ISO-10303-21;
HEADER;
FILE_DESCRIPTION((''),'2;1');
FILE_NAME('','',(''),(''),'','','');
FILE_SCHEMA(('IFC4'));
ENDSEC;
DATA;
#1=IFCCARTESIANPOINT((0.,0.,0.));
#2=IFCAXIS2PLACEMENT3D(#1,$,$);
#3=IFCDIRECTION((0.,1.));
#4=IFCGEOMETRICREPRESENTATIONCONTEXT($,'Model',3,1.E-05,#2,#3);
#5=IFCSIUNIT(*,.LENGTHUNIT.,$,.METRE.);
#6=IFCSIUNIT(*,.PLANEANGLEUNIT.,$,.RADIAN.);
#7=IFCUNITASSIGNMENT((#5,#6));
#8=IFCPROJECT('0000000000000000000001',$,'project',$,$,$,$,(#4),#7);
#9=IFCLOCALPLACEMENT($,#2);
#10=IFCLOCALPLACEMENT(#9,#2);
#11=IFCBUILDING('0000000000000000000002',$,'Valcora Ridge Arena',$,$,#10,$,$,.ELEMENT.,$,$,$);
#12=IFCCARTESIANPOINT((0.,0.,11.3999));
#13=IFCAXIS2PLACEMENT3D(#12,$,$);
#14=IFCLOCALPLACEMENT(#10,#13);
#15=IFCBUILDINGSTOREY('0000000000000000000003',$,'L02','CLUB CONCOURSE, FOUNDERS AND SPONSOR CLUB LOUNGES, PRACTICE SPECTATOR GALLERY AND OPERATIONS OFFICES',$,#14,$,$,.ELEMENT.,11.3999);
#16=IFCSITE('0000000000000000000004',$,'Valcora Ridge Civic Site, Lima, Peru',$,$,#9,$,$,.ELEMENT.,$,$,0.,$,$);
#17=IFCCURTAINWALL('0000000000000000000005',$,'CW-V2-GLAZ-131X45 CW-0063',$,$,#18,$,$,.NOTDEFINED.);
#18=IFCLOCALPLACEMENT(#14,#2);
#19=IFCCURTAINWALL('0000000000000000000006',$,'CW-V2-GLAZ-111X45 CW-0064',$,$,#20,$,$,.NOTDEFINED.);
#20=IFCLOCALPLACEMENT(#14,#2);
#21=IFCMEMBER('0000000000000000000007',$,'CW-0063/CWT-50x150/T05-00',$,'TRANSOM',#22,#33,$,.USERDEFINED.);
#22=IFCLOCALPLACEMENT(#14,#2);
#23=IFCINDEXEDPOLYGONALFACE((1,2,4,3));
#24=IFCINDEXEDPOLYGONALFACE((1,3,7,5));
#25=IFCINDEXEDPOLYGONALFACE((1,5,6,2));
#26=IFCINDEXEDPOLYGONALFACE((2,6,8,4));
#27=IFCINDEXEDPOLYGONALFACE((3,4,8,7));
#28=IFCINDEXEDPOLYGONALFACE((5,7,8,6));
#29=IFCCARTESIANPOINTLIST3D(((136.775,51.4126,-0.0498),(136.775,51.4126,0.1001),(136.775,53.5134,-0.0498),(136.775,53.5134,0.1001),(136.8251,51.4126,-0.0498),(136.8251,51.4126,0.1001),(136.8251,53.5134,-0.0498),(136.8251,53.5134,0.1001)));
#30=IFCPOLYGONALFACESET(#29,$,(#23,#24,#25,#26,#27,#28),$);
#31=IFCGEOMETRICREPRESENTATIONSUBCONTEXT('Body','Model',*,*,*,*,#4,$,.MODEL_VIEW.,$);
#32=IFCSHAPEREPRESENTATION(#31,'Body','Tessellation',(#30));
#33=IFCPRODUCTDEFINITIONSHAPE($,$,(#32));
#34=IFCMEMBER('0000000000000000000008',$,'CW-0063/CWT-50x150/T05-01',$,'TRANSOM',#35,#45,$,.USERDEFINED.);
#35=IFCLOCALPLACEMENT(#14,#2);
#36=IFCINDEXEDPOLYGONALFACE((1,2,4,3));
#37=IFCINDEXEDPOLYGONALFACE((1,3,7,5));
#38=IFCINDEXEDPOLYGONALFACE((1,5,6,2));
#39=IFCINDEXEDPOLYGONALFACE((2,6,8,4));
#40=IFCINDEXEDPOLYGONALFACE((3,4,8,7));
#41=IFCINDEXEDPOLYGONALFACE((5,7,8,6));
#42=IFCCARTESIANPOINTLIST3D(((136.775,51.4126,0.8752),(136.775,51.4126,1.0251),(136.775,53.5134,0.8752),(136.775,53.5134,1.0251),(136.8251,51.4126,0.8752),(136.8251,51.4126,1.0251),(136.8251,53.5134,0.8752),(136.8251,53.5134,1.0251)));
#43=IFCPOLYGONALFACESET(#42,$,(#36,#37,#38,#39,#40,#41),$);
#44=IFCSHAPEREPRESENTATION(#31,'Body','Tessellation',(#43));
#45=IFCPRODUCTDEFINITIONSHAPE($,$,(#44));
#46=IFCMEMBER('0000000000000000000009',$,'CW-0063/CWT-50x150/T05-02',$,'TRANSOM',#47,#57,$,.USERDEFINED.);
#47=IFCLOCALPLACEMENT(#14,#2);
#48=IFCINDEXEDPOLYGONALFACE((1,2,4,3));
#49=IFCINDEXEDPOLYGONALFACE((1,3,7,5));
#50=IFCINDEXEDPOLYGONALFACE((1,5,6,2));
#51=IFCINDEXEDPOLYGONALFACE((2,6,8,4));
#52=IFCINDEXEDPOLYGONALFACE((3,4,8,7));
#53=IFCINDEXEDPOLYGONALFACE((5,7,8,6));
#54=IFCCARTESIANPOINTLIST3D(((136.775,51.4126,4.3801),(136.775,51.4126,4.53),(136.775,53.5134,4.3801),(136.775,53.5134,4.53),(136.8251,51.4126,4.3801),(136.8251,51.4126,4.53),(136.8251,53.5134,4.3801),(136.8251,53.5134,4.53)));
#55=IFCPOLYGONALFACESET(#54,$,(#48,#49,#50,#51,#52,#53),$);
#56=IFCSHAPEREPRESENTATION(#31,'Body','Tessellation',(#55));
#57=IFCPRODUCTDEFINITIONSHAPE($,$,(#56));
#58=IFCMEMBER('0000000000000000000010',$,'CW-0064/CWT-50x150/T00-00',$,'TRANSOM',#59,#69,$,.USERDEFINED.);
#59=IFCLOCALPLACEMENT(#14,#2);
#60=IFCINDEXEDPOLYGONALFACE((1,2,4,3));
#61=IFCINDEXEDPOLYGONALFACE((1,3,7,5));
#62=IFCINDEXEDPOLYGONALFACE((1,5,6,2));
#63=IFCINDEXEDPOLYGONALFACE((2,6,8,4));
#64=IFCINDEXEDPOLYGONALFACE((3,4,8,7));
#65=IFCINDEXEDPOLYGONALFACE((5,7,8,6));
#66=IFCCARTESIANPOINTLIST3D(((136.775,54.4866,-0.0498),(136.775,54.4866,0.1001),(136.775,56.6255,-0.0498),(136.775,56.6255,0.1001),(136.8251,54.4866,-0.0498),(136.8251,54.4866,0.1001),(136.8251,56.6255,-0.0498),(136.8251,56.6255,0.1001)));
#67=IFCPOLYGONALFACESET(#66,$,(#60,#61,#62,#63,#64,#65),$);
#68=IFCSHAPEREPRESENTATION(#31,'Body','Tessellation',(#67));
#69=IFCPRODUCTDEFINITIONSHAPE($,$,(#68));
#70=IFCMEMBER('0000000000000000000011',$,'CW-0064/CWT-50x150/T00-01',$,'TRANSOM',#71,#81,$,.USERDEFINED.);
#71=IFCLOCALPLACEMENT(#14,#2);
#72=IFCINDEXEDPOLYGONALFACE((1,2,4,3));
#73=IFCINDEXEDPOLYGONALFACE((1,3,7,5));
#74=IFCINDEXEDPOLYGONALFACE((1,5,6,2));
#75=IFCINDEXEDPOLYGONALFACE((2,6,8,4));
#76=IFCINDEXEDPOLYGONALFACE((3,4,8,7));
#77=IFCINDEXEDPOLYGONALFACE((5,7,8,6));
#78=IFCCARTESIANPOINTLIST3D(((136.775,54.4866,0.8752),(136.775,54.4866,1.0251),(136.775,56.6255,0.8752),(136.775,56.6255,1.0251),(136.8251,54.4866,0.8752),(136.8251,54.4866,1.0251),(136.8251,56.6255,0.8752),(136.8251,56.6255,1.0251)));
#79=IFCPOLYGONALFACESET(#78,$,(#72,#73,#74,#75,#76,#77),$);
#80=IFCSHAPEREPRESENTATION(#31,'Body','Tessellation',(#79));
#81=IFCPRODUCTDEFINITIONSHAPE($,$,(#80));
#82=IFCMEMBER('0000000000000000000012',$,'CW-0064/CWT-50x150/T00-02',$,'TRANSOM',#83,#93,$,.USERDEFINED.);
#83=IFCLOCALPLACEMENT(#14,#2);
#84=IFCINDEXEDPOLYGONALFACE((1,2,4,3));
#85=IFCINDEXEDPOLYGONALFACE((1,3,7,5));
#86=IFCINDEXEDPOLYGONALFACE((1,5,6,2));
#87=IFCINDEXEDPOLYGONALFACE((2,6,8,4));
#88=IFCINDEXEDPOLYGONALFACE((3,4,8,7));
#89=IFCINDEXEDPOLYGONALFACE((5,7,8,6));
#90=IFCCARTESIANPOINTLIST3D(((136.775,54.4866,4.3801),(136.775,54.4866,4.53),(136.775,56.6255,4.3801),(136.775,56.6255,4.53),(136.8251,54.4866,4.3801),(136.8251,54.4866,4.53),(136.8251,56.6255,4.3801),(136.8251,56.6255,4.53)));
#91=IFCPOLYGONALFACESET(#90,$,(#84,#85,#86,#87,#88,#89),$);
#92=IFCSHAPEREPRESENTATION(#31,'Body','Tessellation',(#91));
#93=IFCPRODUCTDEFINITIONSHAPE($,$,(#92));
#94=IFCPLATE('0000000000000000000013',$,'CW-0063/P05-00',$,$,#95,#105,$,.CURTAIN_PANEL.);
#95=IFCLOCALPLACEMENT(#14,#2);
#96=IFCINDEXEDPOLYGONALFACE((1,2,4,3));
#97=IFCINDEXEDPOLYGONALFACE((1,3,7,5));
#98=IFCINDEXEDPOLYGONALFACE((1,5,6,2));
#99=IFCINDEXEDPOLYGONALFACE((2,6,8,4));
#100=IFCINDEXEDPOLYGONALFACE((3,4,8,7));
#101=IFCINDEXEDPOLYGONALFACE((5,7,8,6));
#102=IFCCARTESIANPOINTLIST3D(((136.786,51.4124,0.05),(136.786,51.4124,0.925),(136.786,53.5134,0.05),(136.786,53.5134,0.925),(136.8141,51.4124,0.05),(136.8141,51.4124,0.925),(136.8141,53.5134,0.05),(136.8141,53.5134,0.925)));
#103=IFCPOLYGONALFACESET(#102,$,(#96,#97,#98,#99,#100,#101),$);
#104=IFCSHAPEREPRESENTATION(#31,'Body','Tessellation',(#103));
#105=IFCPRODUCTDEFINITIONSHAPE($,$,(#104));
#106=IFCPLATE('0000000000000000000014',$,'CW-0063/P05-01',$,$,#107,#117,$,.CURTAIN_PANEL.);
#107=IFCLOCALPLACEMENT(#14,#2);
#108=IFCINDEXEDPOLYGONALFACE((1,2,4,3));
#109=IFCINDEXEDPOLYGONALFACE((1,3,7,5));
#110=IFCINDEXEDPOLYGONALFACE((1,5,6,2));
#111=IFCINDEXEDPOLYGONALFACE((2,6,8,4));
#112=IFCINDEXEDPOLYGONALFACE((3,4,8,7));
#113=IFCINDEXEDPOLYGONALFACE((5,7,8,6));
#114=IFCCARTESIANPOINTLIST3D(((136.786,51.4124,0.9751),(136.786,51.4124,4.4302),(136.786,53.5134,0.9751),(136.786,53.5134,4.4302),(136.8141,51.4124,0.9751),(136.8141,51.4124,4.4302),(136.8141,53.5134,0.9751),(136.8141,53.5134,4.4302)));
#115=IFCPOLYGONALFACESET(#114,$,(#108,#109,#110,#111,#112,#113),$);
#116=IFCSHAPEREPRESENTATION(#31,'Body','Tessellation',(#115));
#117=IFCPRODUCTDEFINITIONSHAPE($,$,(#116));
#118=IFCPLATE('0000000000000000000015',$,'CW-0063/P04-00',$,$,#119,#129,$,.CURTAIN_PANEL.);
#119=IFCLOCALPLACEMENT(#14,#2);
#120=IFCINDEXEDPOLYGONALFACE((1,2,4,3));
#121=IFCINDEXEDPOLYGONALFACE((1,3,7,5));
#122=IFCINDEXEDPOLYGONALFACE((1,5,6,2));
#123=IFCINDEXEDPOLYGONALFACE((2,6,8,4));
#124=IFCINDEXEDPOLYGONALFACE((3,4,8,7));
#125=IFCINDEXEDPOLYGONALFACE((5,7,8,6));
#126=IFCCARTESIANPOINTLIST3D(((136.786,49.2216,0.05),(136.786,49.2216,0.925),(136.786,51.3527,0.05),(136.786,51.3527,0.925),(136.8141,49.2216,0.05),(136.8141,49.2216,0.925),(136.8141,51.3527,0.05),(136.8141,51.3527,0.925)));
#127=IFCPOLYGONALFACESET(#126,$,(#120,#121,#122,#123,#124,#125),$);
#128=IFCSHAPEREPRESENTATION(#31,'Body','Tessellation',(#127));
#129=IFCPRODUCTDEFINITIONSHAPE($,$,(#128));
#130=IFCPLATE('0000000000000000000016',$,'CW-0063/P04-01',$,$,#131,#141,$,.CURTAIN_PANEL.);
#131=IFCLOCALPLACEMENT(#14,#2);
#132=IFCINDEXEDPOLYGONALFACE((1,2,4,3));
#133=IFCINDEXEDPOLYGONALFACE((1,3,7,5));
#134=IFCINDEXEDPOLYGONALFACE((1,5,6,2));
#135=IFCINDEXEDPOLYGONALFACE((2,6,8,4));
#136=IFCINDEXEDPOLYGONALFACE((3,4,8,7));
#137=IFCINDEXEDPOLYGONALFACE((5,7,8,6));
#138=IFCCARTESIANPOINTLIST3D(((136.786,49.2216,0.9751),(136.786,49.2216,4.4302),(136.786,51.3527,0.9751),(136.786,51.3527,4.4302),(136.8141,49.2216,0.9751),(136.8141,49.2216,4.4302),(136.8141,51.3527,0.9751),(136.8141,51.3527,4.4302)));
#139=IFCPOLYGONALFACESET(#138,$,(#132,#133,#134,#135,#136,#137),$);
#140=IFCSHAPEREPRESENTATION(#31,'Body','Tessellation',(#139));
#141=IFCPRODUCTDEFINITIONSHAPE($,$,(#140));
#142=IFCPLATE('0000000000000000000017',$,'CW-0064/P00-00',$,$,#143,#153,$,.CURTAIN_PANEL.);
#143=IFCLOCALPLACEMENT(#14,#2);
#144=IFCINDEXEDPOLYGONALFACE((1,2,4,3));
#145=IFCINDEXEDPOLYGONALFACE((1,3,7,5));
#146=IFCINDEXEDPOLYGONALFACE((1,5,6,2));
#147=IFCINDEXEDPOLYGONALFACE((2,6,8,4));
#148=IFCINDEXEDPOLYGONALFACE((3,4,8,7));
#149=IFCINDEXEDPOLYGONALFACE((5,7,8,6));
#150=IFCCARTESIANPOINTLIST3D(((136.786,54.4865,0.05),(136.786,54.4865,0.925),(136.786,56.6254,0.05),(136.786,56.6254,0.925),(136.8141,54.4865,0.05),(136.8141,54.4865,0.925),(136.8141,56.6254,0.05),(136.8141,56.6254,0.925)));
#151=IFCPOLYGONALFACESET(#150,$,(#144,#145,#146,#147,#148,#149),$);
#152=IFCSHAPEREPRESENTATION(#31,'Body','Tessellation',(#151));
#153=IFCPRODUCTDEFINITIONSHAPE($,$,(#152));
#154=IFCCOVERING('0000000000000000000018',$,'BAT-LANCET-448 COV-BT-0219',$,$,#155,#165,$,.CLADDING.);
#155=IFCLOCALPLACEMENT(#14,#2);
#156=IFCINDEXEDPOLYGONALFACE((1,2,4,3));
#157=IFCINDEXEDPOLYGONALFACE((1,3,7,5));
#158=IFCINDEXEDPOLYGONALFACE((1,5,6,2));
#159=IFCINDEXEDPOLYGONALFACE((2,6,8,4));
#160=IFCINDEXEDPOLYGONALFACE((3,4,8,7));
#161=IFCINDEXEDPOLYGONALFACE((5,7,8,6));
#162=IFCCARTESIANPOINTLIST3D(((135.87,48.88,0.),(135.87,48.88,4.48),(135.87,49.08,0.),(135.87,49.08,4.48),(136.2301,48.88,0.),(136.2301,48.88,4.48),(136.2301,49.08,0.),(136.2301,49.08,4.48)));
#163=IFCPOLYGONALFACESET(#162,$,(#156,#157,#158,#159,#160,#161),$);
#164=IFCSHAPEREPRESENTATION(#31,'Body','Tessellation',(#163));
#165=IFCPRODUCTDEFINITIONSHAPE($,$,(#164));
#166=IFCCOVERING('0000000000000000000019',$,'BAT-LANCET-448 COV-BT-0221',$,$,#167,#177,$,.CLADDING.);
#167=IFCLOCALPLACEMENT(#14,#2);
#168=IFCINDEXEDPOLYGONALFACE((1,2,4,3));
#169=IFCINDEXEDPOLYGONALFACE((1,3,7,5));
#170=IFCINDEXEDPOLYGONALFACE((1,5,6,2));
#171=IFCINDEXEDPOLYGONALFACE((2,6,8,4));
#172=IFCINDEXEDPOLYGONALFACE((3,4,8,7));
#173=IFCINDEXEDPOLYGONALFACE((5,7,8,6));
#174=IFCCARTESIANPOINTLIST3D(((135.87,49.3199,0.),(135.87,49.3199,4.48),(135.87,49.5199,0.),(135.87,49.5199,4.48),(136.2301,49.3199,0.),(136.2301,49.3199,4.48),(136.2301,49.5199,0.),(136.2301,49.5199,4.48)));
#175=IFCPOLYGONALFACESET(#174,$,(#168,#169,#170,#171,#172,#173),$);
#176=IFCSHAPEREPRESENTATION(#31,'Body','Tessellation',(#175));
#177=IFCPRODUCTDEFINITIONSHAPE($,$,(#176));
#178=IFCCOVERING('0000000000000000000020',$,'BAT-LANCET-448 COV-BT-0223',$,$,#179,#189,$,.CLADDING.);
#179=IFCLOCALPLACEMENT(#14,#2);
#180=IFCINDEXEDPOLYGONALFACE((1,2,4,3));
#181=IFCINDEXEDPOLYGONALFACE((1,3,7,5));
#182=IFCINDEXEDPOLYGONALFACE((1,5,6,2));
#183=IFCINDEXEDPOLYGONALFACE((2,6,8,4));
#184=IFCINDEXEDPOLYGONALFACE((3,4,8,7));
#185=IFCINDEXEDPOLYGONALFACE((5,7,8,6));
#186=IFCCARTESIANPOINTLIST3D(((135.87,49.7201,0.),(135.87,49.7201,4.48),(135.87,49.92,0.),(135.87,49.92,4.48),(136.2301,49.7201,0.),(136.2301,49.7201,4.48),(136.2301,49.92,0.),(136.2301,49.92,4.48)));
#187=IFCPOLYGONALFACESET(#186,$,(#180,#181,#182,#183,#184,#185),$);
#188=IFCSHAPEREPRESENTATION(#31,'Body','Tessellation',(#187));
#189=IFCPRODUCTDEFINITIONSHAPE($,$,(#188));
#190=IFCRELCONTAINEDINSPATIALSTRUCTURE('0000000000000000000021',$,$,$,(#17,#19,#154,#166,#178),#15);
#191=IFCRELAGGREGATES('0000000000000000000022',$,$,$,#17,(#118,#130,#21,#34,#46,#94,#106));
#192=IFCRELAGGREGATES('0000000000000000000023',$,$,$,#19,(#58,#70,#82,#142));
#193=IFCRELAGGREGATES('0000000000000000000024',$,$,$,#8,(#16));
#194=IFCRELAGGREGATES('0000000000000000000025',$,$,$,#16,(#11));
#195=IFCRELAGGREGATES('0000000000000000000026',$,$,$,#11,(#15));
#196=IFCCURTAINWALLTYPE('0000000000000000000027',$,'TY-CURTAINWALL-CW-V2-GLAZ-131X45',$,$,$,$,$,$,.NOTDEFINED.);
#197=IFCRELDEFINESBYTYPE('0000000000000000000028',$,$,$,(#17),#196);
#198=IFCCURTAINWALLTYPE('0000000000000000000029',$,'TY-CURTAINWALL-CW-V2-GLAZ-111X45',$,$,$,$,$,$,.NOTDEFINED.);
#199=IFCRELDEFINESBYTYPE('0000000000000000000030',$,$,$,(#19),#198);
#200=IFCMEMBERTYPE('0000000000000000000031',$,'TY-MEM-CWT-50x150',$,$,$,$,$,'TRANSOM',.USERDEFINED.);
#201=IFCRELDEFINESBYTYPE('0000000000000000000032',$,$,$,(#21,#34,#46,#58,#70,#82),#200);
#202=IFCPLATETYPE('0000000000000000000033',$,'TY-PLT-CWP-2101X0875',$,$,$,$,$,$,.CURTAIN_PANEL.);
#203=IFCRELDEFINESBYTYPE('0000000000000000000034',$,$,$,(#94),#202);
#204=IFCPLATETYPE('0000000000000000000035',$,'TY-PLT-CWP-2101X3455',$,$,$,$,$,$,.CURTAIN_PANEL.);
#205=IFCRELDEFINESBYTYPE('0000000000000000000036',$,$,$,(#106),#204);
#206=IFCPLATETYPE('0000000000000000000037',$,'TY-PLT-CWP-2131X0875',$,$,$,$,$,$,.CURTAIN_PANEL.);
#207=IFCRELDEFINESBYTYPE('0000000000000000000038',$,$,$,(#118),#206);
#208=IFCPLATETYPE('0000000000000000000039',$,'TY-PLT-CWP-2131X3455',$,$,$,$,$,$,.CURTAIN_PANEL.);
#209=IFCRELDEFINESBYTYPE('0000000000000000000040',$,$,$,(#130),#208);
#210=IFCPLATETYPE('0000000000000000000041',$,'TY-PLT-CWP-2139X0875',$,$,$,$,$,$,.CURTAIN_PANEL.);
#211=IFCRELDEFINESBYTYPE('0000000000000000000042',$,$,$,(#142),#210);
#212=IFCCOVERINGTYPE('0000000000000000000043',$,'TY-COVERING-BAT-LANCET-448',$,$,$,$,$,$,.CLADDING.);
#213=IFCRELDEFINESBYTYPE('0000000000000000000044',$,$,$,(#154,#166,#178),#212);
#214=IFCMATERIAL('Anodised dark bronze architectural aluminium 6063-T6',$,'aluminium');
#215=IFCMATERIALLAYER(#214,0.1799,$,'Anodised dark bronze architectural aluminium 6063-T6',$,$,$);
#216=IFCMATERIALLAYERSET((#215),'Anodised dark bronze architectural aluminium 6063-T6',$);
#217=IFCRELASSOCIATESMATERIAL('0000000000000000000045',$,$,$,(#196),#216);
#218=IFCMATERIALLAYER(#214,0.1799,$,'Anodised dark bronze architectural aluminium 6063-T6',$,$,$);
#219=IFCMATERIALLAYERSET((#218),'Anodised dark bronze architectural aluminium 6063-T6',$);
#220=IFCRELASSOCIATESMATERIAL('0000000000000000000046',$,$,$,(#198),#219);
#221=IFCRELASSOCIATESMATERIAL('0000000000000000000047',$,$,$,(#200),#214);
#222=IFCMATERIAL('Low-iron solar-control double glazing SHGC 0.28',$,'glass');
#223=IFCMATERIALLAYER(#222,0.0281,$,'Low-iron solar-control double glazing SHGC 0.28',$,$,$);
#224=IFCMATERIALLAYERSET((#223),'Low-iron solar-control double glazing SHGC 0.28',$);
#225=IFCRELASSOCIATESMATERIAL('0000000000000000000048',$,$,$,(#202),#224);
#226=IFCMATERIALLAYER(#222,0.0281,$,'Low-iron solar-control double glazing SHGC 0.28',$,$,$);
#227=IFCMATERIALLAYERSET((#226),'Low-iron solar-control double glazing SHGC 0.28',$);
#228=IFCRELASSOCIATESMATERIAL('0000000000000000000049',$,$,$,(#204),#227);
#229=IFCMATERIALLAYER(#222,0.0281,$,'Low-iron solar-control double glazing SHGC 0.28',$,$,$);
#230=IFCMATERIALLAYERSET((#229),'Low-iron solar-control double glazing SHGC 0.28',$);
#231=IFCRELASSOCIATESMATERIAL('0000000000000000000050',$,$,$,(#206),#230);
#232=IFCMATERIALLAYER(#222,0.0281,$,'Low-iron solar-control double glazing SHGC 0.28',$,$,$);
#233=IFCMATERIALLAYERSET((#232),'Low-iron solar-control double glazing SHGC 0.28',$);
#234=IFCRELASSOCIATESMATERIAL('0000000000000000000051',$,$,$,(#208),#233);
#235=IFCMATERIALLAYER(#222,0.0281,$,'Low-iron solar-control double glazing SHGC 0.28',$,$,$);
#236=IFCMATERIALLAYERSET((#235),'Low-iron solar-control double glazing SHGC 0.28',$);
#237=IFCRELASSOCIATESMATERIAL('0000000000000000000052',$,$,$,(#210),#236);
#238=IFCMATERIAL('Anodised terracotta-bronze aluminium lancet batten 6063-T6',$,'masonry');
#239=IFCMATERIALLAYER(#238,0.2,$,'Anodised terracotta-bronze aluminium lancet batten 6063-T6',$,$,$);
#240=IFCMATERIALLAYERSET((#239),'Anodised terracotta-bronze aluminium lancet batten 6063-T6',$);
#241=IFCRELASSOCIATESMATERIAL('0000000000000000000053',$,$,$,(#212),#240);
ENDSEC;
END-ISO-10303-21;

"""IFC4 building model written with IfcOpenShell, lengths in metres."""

from ifc_helpers import new_model, si_unit, direction, frame, origin, origin_2d, place, context, subcontext, project, spatial, rectangle, extrude, material, layer, layer_set, material_profile, profile_set, type_object, element, aggregate, save


model = new_model("IFC4")

# Units and contexts
model_context = context("Model", 3, precision=1e-05, world=origin(), true_north=direction((0.0, 1.0)))
body_context = subcontext(model_context, "Body", "Model", "MODEL_VIEW")
ifc_project = project(units=[si_unit("LENGTHUNIT", "METRE"), si_unit("PLANEANGLEUNIT", "RADIAN")], contexts=[model_context])

# Site, building, storey
site_placement = place(None, origin())
site = spatial("IfcSite", under=ifc_project, at=site_placement, Name="Valcora Ridge Civic Site, Lima, Peru", CompositionType="ELEMENT", RefElevation=0.0)
building_placement = place(site_placement, origin())
building = spatial("IfcBuilding", under=site, at=building_placement, Name="Valcora Ridge Arena", CompositionType="ELEMENT")
storey_placement = place(building_placement, frame((0.0, 0.0, 11.3999)))
storey = spatial("IfcBuildingStorey", under=building, at=storey_placement, Name="L02", Description="CLUB CONCOURSE, FOUNDERS AND SPONSOR CLUB LOUNGES, PRACTICE SPECTATOR GALLERY AND OPERATIONS OFFICES", CompositionType="ELEMENT", Elevation=11.3999)

# Curtain wall
ifc_material_1 = material(Name="Anodised dark bronze architectural aluminium 6063-T6", Category="aluminium")
ifc_layer_1 = layer(ifc_material_1, 0.1799, Name="Anodised dark bronze architectural aluminium 6063-T6")
ifc_layer_set_1 = layer_set([ifc_layer_1], Name="Anodised dark bronze architectural aluminium 6063-T6")
curtain_wall_type_1 = type_object("IfcCurtainWallType", Name="TY-CURTAINWALL-CW-V2-GLAZ-131X45", PredefinedType="NOTDEFINED", material=ifc_layer_set_1)
curtain_wall_1_placement = place(storey_placement, origin())
curtain_wall_1 = element("IfcCurtainWall", 1, at=curtain_wall_1_placement, inside=storey, type_object=curtain_wall_type_1, Name="CW-V2-GLAZ-131X45 CW-0063", PredefinedType="NOTDEFINED")

# Curtain wall
ifc_layer_2 = layer(ifc_material_1, 0.1799, Name="Anodised dark bronze architectural aluminium 6063-T6")
ifc_layer_set_2 = layer_set([ifc_layer_2], Name="Anodised dark bronze architectural aluminium 6063-T6")
curtain_wall_type_2 = type_object("IfcCurtainWallType", Name="TY-CURTAINWALL-CW-V2-GLAZ-111X45", PredefinedType="NOTDEFINED", material=ifc_layer_set_2)
curtain_wall_2_placement = place(storey_placement, origin())
curtain_wall_2 = element("IfcCurtainWall", 2, at=curtain_wall_2_placement, inside=storey, type_object=curtain_wall_type_2, Name="CW-V2-GLAZ-111X45 CW-0064", PredefinedType="NOTDEFINED")

# Members
ifc_material_profile_1 = material_profile(ifc_material_1, rectangle(XDim=0.05, YDim=0.1499, at=origin_2d()), Name="ALU TRANSOM 50x150")
ifc_profile_set_1 = profile_set([ifc_material_profile_1], Name="Anodised dark bronze architectural aluminium 6063-T6")
member_type_1 = type_object("IfcMemberType", Name="TY-MEM-CWT-50x150", ElementType="TRANSOM", PredefinedType="USERDEFINED", material=ifc_profile_set_1)
member_1_placement = place(storey_placement, frame((136.8, 51.4126, 0.0251), z_axis=(0.0, 1.0, 0.0), x_axis=(-1.0, 0.0, 0.0)))
member_1 = element("IfcMember", 3, at=member_1_placement, type_object=member_type_1, Name="CW-0063/CWT-50x150/T05-00", ObjectType="TRANSOM", PredefinedType="USERDEFINED", context=body_context, shape_type="SweptSolid", body=[
    extrude(rectangle(XDim=0.05, YDim=0.1499, at=origin_2d()), origin(), (0.0, 0.0, 1.0), 2.1008),
])
member_2_placement = place(storey_placement, frame((136.8, 51.4126, 0.9502), z_axis=(0.0, 1.0, 0.0), x_axis=(-1.0, 0.0, 0.0)))
member_2 = element("IfcMember", 4, at=member_2_placement, type_object=member_type_1, Name="CW-0063/CWT-50x150/T05-01", ObjectType="TRANSOM", PredefinedType="USERDEFINED", context=body_context, shape_type="SweptSolid", body=[
    extrude(rectangle(XDim=0.05, YDim=0.1499, at=origin_2d()), origin(), (0.0, 0.0, 1.0), 2.1008),
])
member_3_placement = place(storey_placement, frame((136.8, 51.4126, 4.4551), z_axis=(0.0, 1.0, 0.0), x_axis=(-1.0, 0.0, 0.0)))
member_3 = element("IfcMember", 5, at=member_3_placement, type_object=member_type_1, Name="CW-0063/CWT-50x150/T05-02", ObjectType="TRANSOM", PredefinedType="USERDEFINED", context=body_context, shape_type="SweptSolid", body=[
    extrude(rectangle(XDim=0.05, YDim=0.1499, at=origin_2d()), origin(), (0.0, 0.0, 1.0), 2.1008),
])
member_4_placement = place(storey_placement, frame((136.8, 54.4866, 0.0251), z_axis=(0.0, 1.0, 0.0), x_axis=(-1.0, 0.0, 0.0)))
member_4 = element("IfcMember", 6, at=member_4_placement, type_object=member_type_1, Name="CW-0064/CWT-50x150/T00-00", ObjectType="TRANSOM", PredefinedType="USERDEFINED", context=body_context, shape_type="SweptSolid", body=[
    extrude(rectangle(XDim=0.05, YDim=0.1499, at=origin_2d()), origin(), (0.0, 0.0, 1.0), 2.1389),
])
member_5_placement = place(storey_placement, frame((136.8, 54.4866, 0.9502), z_axis=(0.0, 1.0, 0.0), x_axis=(-1.0, 0.0, 0.0)))
member_5 = element("IfcMember", 7, at=member_5_placement, type_object=member_type_1, Name="CW-0064/CWT-50x150/T00-01", ObjectType="TRANSOM", PredefinedType="USERDEFINED", context=body_context, shape_type="SweptSolid", body=[
    extrude(rectangle(XDim=0.05, YDim=0.1499, at=origin_2d()), origin(), (0.0, 0.0, 1.0), 2.1389),
])
member_6_placement = place(storey_placement, frame((136.8, 54.4866, 4.4551), z_axis=(0.0, 1.0, 0.0), x_axis=(-1.0, 0.0, 0.0)))
member_6 = element("IfcMember", 8, at=member_6_placement, type_object=member_type_1, Name="CW-0064/CWT-50x150/T00-02", ObjectType="TRANSOM", PredefinedType="USERDEFINED", context=body_context, shape_type="SweptSolid", body=[
    extrude(rectangle(XDim=0.05, YDim=0.1499, at=origin_2d()), origin(), (0.0, 0.0, 1.0), 2.1389),
])

# Plates
ifc_material_2 = material(Name="Low-iron solar-control double glazing SHGC 0.28", Category="glass")
ifc_layer_3 = layer(ifc_material_2, 0.0281, Name="Low-iron solar-control double glazing SHGC 0.28")
ifc_layer_set_3 = layer_set([ifc_layer_3], Name="Low-iron solar-control double glazing SHGC 0.28")
plate_type_1 = type_object("IfcPlateType", Name="TY-PLT-CWP-2101X0875", PredefinedType="CURTAIN_PANEL", material=ifc_layer_set_3)
plate_1_placement = place(storey_placement, frame((136.8, 52.4629, 0.05), z_axis=(0.0, 0.0, 1.0), x_axis=(0.0, 1.0, 0.0)))
plate_1 = element("IfcPlate", 9, at=plate_1_placement, type_object=plate_type_1, Name="CW-0063/P05-00", PredefinedType="CURTAIN_PANEL", context=body_context, shape_type="SweptSolid", body=[
    extrude(rectangle(XDim=2.1011, YDim=0.0281, at=origin_2d()), origin(), (0.0, 0.0, 1.0), 0.875),
])
ifc_layer_4 = layer(ifc_material_2, 0.0281, Name="Low-iron solar-control double glazing SHGC 0.28")
ifc_layer_set_4 = layer_set([ifc_layer_4], Name="Low-iron solar-control double glazing SHGC 0.28")
plate_type_2 = type_object("IfcPlateType", Name="TY-PLT-CWP-2101X3455", PredefinedType="CURTAIN_PANEL", material=ifc_layer_set_4)
plate_2_placement = place(storey_placement, frame((136.8, 52.4629, 0.9751), z_axis=(0.0, 0.0, 1.0), x_axis=(0.0, 1.0, 0.0)))
plate_2 = element("IfcPlate", 10, at=plate_2_placement, type_object=plate_type_2, Name="CW-0063/P05-01", PredefinedType="CURTAIN_PANEL", context=body_context, shape_type="SweptSolid", body=[
    extrude(rectangle(XDim=2.1011, YDim=0.0281, at=origin_2d()), origin(), (0.0, 0.0, 1.0), 3.4551),
])
ifc_layer_5 = layer(ifc_material_2, 0.0281, Name="Low-iron solar-control double glazing SHGC 0.28")
ifc_layer_set_5 = layer_set([ifc_layer_5], Name="Low-iron solar-control double glazing SHGC 0.28")
plate_type_3 = type_object("IfcPlateType", Name="TY-PLT-CWP-2131X0875", PredefinedType="CURTAIN_PANEL", material=ifc_layer_set_5)
plate_3_placement = place(storey_placement, frame((136.8, 50.2871, 0.05), z_axis=(0.0, 0.0, 1.0), x_axis=(0.0, 1.0, 0.0)))
plate_3 = element("IfcPlate", 11, at=plate_3_placement, type_object=plate_type_3, Name="CW-0063/P04-00", PredefinedType="CURTAIN_PANEL", context=body_context, shape_type="SweptSolid", body=[
    extrude(rectangle(XDim=2.1311, YDim=0.0281, at=origin_2d()), origin(), (0.0, 0.0, 1.0), 0.875),
])
ifc_layer_6 = layer(ifc_material_2, 0.0281, Name="Low-iron solar-control double glazing SHGC 0.28")
ifc_layer_set_6 = layer_set([ifc_layer_6], Name="Low-iron solar-control double glazing SHGC 0.28")
plate_type_4 = type_object("IfcPlateType", Name="TY-PLT-CWP-2131X3455", PredefinedType="CURTAIN_PANEL", material=ifc_layer_set_6)
plate_4_placement = place(storey_placement, frame((136.8, 50.2871, 0.9751), z_axis=(0.0, 0.0, 1.0), x_axis=(0.0, 1.0, 0.0)))
plate_4 = element("IfcPlate", 12, at=plate_4_placement, type_object=plate_type_4, Name="CW-0063/P04-01", PredefinedType="CURTAIN_PANEL", context=body_context, shape_type="SweptSolid", body=[
    extrude(rectangle(XDim=2.1311, YDim=0.0281, at=origin_2d()), origin(), (0.0, 0.0, 1.0), 3.4551),
])
aggregate(curtain_wall_1, [plate_3, plate_4, member_1, member_2, member_3, plate_1, plate_2])
ifc_layer_7 = layer(ifc_material_2, 0.0281, Name="Low-iron solar-control double glazing SHGC 0.28")
ifc_layer_set_7 = layer_set([ifc_layer_7], Name="Low-iron solar-control double glazing SHGC 0.28")
plate_type_5 = type_object("IfcPlateType", Name="TY-PLT-CWP-2139X0875", PredefinedType="CURTAIN_PANEL", material=ifc_layer_set_7)
plate_5_placement = place(storey_placement, frame((136.8, 55.5559, 0.05), z_axis=(0.0, 0.0, 1.0), x_axis=(0.0, 1.0, 0.0)))
plate_5 = element("IfcPlate", 13, at=plate_5_placement, type_object=plate_type_5, Name="CW-0064/P00-00", PredefinedType="CURTAIN_PANEL", context=body_context, shape_type="SweptSolid", body=[
    extrude(rectangle(XDim=2.1389, YDim=0.0281, at=origin_2d()), origin(), (0.0, 0.0, 1.0), 0.875),
])
aggregate(curtain_wall_2, [member_4, member_5, member_6, plate_5])

# Coverings
ifc_material_3 = material(Name="Anodised terracotta-bronze aluminium lancet batten 6063-T6", Category="masonry")
ifc_layer_8 = layer(ifc_material_3, 0.2, Name="Anodised terracotta-bronze aluminium lancet batten 6063-T6")
ifc_layer_set_8 = layer_set([ifc_layer_8], Name="Anodised terracotta-bronze aluminium lancet batten 6063-T6")
covering_type = type_object("IfcCoveringType", Name="TY-COVERING-BAT-LANCET-448", PredefinedType="CLADDING", material=ifc_layer_set_8)
for number, where, z_axis, x_axis, name in (
    (14, (136.05, 48.98, 0.0), (0.0, 0.0, 1.0), (1.0, 0.0, 0.0), "BAT-LANCET-448 COV-BT-0219"),
    (15, (136.05, 49.4199, 0.0), (0.0, 0.0, 1.0), (1.0, 0.0, 0.0), "BAT-LANCET-448 COV-BT-0221"),
    (16, (136.05, 49.8201, 0.0), (0.0, 0.0, 1.0), (1.0, 0.0, 0.0), "BAT-LANCET-448 COV-BT-0223"),
):
    element("IfcCovering", number, at=place(storey_placement, frame(where, z_axis=z_axis, x_axis=x_axis)), inside=storey, type_object=covering_type, Name=name, PredefinedType="CLADDING", context=body_context, shape_type="SweptSolid", body=[
        extrude(rectangle(XDim=0.3601, YDim=0.2, at=origin_2d()), origin(), (0.0, 0.0, 1.0), 4.48),
    ])

save(model, "model.ifc")
